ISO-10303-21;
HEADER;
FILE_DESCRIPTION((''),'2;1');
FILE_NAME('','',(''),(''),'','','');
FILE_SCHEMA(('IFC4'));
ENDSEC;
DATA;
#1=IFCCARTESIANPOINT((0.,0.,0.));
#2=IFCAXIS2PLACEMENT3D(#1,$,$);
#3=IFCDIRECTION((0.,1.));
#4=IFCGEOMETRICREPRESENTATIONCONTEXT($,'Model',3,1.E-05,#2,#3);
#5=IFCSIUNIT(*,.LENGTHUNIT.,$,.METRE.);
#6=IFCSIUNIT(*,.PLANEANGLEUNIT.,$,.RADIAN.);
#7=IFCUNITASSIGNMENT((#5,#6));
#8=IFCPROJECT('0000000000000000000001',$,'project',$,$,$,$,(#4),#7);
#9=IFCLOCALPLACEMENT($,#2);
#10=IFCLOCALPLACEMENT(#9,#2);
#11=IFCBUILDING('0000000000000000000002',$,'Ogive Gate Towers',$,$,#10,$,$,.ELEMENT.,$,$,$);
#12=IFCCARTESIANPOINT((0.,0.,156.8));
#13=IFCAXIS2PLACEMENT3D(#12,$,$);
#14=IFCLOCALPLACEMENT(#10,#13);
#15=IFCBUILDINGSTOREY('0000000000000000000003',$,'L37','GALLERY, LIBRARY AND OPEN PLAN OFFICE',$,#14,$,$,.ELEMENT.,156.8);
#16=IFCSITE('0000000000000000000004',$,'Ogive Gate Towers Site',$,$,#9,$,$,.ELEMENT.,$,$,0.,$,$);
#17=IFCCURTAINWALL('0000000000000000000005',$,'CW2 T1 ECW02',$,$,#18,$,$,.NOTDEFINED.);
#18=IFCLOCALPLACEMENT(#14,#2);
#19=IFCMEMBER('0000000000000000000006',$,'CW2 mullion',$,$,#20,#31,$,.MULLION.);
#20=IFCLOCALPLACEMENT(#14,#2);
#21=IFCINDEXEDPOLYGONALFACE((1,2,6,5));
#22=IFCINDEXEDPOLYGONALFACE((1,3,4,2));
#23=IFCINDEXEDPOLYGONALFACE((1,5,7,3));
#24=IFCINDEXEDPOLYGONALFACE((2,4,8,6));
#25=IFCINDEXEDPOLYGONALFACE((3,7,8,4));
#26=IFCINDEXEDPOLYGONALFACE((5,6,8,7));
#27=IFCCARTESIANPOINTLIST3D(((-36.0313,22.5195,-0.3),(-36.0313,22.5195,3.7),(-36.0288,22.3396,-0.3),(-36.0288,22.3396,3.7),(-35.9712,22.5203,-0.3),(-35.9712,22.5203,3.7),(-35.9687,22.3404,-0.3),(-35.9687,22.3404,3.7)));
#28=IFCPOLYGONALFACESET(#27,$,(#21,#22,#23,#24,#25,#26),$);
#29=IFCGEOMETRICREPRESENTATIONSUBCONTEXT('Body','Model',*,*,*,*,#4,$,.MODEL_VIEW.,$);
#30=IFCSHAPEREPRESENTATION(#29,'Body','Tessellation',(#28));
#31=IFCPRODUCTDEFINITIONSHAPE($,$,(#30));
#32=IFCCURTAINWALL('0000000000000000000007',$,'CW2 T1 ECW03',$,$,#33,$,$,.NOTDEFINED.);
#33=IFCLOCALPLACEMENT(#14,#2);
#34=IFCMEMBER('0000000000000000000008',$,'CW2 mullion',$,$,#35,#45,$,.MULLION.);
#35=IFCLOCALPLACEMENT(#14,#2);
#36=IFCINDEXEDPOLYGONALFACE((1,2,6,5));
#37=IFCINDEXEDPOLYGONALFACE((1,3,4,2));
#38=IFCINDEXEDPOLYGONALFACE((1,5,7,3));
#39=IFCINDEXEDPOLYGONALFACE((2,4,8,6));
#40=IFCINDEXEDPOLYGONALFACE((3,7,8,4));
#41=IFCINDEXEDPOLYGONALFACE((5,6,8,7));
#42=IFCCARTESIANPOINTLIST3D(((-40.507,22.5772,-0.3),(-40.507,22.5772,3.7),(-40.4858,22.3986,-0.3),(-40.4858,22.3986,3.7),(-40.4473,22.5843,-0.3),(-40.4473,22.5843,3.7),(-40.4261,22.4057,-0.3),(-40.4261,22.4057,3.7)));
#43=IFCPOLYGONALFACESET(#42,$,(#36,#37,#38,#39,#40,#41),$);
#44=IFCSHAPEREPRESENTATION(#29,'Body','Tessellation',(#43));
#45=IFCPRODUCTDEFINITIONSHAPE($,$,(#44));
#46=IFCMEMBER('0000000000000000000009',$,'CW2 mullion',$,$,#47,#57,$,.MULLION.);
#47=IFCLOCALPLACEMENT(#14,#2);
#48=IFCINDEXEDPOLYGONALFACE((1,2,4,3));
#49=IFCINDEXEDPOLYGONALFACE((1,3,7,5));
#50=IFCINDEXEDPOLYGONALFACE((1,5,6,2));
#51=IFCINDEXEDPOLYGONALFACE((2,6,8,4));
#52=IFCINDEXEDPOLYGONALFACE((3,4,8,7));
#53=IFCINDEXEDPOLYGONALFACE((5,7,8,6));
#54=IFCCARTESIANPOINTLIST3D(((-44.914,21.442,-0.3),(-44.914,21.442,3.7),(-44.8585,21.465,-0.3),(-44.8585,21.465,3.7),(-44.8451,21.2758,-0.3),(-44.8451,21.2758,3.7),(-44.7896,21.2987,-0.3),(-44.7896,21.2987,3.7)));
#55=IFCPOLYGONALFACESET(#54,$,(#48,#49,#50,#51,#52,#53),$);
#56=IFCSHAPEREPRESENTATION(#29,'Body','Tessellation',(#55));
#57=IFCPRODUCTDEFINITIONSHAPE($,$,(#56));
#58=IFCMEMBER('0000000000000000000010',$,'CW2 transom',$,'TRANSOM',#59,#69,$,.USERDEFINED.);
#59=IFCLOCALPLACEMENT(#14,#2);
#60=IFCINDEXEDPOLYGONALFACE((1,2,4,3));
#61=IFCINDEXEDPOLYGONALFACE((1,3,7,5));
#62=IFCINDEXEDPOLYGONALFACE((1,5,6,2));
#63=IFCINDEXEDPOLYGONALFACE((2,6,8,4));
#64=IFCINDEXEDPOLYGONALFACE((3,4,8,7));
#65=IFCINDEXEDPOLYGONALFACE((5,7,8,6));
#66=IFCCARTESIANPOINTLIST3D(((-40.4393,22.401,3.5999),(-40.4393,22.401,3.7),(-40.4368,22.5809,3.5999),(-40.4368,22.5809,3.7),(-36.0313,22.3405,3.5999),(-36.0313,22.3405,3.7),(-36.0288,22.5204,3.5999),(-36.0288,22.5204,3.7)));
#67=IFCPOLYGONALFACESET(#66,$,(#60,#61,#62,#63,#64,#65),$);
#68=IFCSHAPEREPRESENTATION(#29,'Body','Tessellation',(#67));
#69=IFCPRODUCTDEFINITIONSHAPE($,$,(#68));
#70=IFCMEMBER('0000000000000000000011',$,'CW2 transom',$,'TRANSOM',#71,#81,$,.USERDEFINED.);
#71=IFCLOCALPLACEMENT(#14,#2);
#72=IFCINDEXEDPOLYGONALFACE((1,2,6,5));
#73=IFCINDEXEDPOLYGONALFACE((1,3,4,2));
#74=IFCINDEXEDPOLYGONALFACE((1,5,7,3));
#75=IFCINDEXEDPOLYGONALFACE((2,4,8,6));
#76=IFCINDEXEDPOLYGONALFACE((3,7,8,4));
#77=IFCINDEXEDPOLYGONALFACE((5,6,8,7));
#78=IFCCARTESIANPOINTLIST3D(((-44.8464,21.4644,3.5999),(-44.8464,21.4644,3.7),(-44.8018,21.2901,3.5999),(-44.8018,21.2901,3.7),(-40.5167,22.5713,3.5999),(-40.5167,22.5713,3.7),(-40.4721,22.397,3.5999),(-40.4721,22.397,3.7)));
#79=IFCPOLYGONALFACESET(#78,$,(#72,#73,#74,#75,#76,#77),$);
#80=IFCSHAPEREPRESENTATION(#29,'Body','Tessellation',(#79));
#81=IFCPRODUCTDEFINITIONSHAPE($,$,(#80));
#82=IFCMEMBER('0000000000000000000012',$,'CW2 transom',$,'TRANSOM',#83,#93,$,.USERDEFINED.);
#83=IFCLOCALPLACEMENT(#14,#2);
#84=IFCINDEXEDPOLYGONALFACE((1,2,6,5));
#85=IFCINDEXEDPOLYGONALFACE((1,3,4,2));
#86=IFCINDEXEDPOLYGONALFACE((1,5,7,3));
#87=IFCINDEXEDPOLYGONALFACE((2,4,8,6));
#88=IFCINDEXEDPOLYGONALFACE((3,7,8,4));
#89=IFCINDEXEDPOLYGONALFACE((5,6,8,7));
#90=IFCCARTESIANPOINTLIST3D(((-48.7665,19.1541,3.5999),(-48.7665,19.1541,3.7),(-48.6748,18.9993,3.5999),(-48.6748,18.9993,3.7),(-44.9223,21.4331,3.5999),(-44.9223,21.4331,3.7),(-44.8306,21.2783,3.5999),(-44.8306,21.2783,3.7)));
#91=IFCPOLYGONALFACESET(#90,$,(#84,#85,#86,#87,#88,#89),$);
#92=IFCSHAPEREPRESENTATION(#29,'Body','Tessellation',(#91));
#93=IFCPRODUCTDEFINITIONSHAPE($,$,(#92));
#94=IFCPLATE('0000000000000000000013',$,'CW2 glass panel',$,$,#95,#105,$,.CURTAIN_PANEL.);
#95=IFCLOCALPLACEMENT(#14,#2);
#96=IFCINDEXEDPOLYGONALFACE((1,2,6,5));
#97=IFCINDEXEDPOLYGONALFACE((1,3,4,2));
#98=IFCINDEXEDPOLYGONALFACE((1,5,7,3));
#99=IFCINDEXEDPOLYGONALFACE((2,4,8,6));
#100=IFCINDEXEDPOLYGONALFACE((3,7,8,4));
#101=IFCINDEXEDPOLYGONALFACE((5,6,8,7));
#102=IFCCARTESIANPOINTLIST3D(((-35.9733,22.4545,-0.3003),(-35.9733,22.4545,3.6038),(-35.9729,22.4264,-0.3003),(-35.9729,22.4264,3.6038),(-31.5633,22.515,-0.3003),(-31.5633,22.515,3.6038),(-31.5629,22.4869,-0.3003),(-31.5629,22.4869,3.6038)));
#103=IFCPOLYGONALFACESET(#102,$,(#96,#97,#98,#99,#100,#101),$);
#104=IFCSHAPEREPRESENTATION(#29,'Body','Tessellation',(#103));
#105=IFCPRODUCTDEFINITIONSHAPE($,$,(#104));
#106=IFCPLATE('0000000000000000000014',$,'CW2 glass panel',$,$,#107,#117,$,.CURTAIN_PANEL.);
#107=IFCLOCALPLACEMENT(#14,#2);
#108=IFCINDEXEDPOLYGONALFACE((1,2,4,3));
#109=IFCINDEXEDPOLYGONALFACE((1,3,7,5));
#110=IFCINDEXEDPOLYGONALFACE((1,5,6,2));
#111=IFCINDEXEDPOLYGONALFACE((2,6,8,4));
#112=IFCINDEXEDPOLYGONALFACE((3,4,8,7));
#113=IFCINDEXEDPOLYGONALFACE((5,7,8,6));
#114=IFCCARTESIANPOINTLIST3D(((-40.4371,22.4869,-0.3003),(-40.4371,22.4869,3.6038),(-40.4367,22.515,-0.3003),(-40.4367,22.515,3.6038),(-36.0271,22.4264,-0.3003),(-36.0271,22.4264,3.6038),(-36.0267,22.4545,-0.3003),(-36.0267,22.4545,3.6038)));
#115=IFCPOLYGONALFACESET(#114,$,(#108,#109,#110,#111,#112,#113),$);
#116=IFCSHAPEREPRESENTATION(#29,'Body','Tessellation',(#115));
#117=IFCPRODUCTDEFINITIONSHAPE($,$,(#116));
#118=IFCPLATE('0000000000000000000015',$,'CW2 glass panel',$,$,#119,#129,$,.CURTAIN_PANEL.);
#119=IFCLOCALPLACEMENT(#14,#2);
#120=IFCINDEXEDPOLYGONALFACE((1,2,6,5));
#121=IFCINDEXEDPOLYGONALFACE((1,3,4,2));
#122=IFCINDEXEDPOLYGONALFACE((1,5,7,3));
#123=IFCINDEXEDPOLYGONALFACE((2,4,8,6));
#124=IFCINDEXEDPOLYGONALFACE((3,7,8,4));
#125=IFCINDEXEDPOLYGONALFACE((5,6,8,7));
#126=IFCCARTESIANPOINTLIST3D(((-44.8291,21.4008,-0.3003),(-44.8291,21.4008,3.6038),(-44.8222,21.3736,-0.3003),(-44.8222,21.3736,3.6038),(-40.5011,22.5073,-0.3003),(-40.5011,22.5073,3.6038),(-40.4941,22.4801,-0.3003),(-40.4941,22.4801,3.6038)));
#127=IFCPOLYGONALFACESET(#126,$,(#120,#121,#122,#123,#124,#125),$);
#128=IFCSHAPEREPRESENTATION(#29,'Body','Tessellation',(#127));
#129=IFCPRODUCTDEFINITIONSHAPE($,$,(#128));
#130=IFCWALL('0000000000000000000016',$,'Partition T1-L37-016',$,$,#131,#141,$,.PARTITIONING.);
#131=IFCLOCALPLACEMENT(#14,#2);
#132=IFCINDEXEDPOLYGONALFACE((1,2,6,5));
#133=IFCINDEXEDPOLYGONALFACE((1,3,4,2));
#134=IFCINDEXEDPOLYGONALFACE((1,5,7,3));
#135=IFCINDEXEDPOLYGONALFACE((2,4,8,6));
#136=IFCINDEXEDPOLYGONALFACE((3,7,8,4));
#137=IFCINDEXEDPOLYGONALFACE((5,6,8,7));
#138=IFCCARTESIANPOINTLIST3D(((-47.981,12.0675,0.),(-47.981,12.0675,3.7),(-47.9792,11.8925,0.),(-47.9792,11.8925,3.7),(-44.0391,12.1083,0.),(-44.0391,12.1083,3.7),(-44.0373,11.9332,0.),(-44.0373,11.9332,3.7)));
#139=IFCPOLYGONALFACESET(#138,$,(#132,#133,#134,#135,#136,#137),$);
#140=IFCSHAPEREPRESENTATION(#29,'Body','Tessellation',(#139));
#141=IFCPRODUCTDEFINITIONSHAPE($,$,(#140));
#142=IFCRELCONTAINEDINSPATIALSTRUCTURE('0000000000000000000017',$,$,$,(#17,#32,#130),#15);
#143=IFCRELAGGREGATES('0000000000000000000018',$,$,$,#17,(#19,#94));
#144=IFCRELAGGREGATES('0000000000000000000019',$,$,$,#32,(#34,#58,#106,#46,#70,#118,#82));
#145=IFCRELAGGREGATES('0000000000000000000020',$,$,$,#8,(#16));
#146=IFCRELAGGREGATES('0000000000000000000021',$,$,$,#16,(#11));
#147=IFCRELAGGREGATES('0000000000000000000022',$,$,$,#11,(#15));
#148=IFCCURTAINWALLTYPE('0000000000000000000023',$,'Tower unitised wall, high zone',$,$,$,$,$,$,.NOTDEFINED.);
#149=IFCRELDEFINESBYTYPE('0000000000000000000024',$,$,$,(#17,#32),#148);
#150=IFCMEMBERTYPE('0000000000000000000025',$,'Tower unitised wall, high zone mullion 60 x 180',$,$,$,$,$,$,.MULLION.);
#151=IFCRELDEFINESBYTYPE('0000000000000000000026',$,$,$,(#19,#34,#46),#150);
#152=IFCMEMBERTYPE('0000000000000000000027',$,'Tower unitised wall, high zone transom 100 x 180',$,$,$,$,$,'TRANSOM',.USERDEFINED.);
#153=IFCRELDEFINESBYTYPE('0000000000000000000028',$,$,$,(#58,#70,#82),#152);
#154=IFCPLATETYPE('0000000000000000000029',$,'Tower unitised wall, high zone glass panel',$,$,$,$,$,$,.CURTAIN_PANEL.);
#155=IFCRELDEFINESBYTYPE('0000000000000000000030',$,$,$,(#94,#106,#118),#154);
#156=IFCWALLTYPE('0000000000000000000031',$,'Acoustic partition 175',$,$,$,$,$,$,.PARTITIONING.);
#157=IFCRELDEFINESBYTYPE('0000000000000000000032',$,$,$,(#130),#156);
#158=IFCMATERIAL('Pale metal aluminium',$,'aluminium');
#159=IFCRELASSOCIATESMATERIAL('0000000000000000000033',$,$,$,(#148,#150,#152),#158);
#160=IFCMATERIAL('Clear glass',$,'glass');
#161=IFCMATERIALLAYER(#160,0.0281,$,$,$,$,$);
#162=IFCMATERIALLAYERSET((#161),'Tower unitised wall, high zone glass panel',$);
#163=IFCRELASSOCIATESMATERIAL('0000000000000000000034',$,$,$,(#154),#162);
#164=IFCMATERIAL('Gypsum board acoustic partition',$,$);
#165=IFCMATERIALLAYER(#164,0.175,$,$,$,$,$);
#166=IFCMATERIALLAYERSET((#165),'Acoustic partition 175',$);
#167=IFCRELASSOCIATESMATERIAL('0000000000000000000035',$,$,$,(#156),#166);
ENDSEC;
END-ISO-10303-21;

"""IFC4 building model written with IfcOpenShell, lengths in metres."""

from ifc_helpers import new_model, si_unit, direction, frame, frame_2d, origin, origin_2d, place, context, subcontext, project, spatial, rectangle, extrude, material, layer, layer_set, material_profile, profile_set, type_object, element, aggregate, save


model = new_model("IFC4")

# Units and contexts
model_context = context("Model", 3, precision=1e-05, world=origin(), true_north=direction((0.0, 1.0)))
body_context = subcontext(model_context, "Body", "Model", "MODEL_VIEW")
ifc_project = project(units=[si_unit("LENGTHUNIT", "METRE"), si_unit("PLANEANGLEUNIT", "RADIAN")], contexts=[model_context])

# Site, building, storey
site_placement = place(None, origin())
site = spatial("IfcSite", under=ifc_project, at=site_placement, Name="Ogive Gate Towers Site", CompositionType="ELEMENT", RefElevation=0.0)
building_placement = place(site_placement, origin())
building = spatial("IfcBuilding", under=site, at=building_placement, Name="Ogive Gate Towers", CompositionType="ELEMENT")
storey_placement = place(building_placement, frame((0.0, 0.0, 156.8)))
storey = spatial("IfcBuildingStorey", under=building, at=storey_placement, Name="L37", Description="GALLERY, LIBRARY AND OPEN PLAN OFFICE", CompositionType="ELEMENT", Elevation=156.8)

# Curtain wall, member
ifc_material_1 = material(Name="Pale metal aluminium", Category="aluminium")
curtain_wall_type = type_object("IfcCurtainWallType", Name="Tower unitised wall, high zone", PredefinedType="NOTDEFINED", material=ifc_material_1)
curtain_wall_1_placement = place(storey_placement, origin())
curtain_wall_1 = element("IfcCurtainWall", 1, at=curtain_wall_1_placement, inside=storey, type_object=curtain_wall_type, Name="CW2 T1 ECW02", PredefinedType="NOTDEFINED")
ifc_material_profile_1 = material_profile(ifc_material_1, rectangle(XDim=0.1799, YDim=0.0601, at=origin_2d()), Name="60 x 180 aluminium box")
ifc_profile_set_1 = profile_set([ifc_material_profile_1], Name="Pale metal aluminium")
member_type_1 = type_object("IfcMemberType", Name="Tower unitised wall, high zone mullion 60 x 180", PredefinedType="MULLION", material=ifc_profile_set_1)
member_1_placement = place(storey_placement, frame((-36.0, 22.4299, -0.3), z_axis=(0.0, 0.0, 1.0), x_axis=(-0.013718, 0.999906, 0.0)))
member_1 = element("IfcMember", 2, at=member_1_placement, type_object=member_type_1, Name="CW2 mullion", PredefinedType="MULLION", context=body_context, shape_type="SweptSolid", body=[
    extrude(rectangle(XDim=0.1799, YDim=0.0601, at=origin_2d()), origin(), (0.0, 0.0, 1.0), 4.0),
])

# Curtain wall, members
curtain_wall_2_placement = place(storey_placement, origin())
curtain_wall_2 = element("IfcCurtainWall", 3, at=curtain_wall_2_placement, inside=storey, type_object=curtain_wall_type, Name="CW2 T1 ECW03", PredefinedType="NOTDEFINED")
member_2_placement = place(storey_placement, frame((-40.4666, 22.4915, -0.3), z_axis=(0.0, 0.0, 1.0), x_axis=(-0.118005, 0.993013, 0.0)))
member_2 = element("IfcMember", 4, at=member_2_placement, type_object=member_type_1, Name="CW2 mullion", PredefinedType="MULLION", context=body_context, shape_type="SweptSolid", body=[
    extrude(rectangle(XDim=0.1799, YDim=0.0601, at=origin_2d()), origin(), (0.0, 0.0, 1.0), 4.0),
])
member_3_placement = place(storey_placement, frame((-44.8518, 21.3704, -0.3), z_axis=(0.0, 0.0, 1.0), x_axis=(-0.382683, 0.92388, 0.0)))
member_3 = element("IfcMember", 5, at=member_3_placement, type_object=member_type_1, Name="CW2 mullion", PredefinedType="MULLION", context=body_context, shape_type="SweptSolid", body=[
    extrude(rectangle(XDim=0.1799, YDim=0.0601, at=origin_2d()), origin(), (0.0, 0.0, 1.0), 4.0),
])
ifc_material_profile_2 = material_profile(ifc_material_1, rectangle(XDim=0.1799, YDim=0.1001, at=origin_2d()), Name="100 x 180 aluminium box")
ifc_profile_set_2 = profile_set([ifc_material_profile_2], Name="Pale metal aluminium")
member_type_2 = type_object("IfcMemberType", Name="Tower unitised wall, high zone transom 100 x 180", ElementType="TRANSOM", PredefinedType="USERDEFINED", material=ifc_profile_set_2)
member_4_placement = place(storey_placement, frame((-36.03, 22.4304, 3.6499), z_axis=(-0.999906, 0.013735, 0.0), x_axis=(-0.013735, -0.999906, 0.0)))
member_4 = element("IfcMember", 6, at=member_4_placement, type_object=member_type_2, Name="CW2 transom", ObjectType="TRANSOM", PredefinedType="USERDEFINED", context=body_context, shape_type="SweptSolid", body=[
    extrude(rectangle(XDim=0.1799, YDim=0.1001, at=origin_2d()), origin(), (0.0, 0.0, 1.0), 4.4084),
])
member_5_placement = place(storey_placement, frame((-40.4944, 22.4841, 3.6499), z_axis=(-0.96884, -0.247687, 0.0), x_axis=(0.247687, -0.96884, 0.0)))
member_5 = element("IfcMember", 7, at=member_5_placement, type_object=member_type_2, Name="CW2 transom", ObjectType="TRANSOM", PredefinedType="USERDEFINED", context=body_context, shape_type="SweptSolid", body=[
    extrude(rectangle(XDim=0.1799, YDim=0.1001, at=origin_2d()), origin(), (0.0, 0.0, 1.0), 4.469),
])
member_6_placement = place(storey_placement, frame((-44.8765, 21.3557, 3.6499), z_axis=(-0.860195, -0.509966, 0.0), x_axis=(0.509966, -0.860195, 0.0)))
member_6 = element("IfcMember", 8, at=member_6_placement, type_object=member_type_2, Name="CW2 transom", ObjectType="TRANSOM", PredefinedType="USERDEFINED", context=body_context, shape_type="SweptSolid", body=[
    extrude(rectangle(XDim=0.1799, YDim=0.1001, at=origin_2d()), origin(), (0.0, 0.0, 1.0), 4.469),
])

# Plates
ifc_material_2 = material(Name="Clear glass", Category="glass")
ifc_layer_1 = layer(ifc_material_2, 0.0281)
ifc_layer_set_1 = layer_set([ifc_layer_1], Name="Tower unitised wall, high zone glass panel")
plate_type = type_object("IfcPlateType", Name="Tower unitised wall, high zone glass panel", PredefinedType="CURTAIN_PANEL", material=ifc_layer_set_1)
plate_1_placement = place(storey_placement, frame((-33.7681, 22.4707, -0.3003), z_axis=(0.0, 0.0, 1.0), x_axis=(-0.999906, -0.013718, 0.0)))
plate_1 = element("IfcPlate", 9, at=plate_1_placement, type_object=plate_type, Name="CW2 glass panel", PredefinedType="CURTAIN_PANEL", context=body_context, shape_type="SweptSolid", body=[
    extrude(rectangle(XDim=4.4104, YDim=0.0281, at=origin_2d()), origin(), (0.0, 0.0, 1.0), 3.9041),
])
aggregate(curtain_wall_1, [member_1, plate_1])
plate_2_placement = place(storey_placement, frame((-38.2319, 22.4707, -0.3003), z_axis=(0.0, 0.0, 1.0), x_axis=(-0.999906, 0.013718, 0.0)))
plate_2 = element("IfcPlate", 10, at=plate_2_placement, type_object=plate_type, Name="CW2 glass panel", PredefinedType="CURTAIN_PANEL", context=body_context, shape_type="SweptSolid", body=[
    extrude(rectangle(XDim=4.4104, YDim=0.0281, at=origin_2d()), origin(), (0.0, 0.0, 1.0), 3.9041),
])
plate_3_placement = place(storey_placement, frame((-42.6616, 21.9404, -0.3003), z_axis=(0.0, 0.0, 1.0), x_axis=(-0.968839, -0.247692, 0.0)))
plate_3 = element("IfcPlate", 11, at=plate_3_placement, type_object=plate_type, Name="CW2 glass panel", PredefinedType="CURTAIN_PANEL", context=body_context, shape_type="SweptSolid", body=[
    extrude(rectangle(XDim=4.4673, YDim=0.0281, at=origin_2d()), origin(), (0.0, 0.0, 1.0), 3.9041),
])
aggregate(curtain_wall_2, [member_2, member_4, plate_2, member_3, member_5, plate_3, member_6])

# Wall
ifc_material_3 = material(Name="Gypsum board acoustic partition")
ifc_layer_2 = layer(ifc_material_3, 0.175)
ifc_layer_set_2 = layer_set([ifc_layer_2], Name="Acoustic partition 175")
wall_type_1 = type_object("IfcWallType", Name="Acoustic partition 175", PredefinedType="PARTITIONING", material=ifc_layer_set_2)
wall_1_placement = place(storey_placement, frame((-44.0381, 12.0208, 0.0), z_axis=(0.0, 0.0, 1.0), x_axis=(-0.999947, -0.010343, 0.0)))
element("IfcWall", 12, at=wall_1_placement, inside=storey, type_object=wall_type_1, Name="Partition T1-L37-016", PredefinedType="PARTITIONING", context=body_context, shape_type="SweptSolid", body=[
    extrude(rectangle(XDim=3.9421, YDim=0.175, at=frame_2d((1.9712, 0.0))), origin(), (0.0, 0.0, 1.0), 3.7),
])

save(model, "model.ifc")
